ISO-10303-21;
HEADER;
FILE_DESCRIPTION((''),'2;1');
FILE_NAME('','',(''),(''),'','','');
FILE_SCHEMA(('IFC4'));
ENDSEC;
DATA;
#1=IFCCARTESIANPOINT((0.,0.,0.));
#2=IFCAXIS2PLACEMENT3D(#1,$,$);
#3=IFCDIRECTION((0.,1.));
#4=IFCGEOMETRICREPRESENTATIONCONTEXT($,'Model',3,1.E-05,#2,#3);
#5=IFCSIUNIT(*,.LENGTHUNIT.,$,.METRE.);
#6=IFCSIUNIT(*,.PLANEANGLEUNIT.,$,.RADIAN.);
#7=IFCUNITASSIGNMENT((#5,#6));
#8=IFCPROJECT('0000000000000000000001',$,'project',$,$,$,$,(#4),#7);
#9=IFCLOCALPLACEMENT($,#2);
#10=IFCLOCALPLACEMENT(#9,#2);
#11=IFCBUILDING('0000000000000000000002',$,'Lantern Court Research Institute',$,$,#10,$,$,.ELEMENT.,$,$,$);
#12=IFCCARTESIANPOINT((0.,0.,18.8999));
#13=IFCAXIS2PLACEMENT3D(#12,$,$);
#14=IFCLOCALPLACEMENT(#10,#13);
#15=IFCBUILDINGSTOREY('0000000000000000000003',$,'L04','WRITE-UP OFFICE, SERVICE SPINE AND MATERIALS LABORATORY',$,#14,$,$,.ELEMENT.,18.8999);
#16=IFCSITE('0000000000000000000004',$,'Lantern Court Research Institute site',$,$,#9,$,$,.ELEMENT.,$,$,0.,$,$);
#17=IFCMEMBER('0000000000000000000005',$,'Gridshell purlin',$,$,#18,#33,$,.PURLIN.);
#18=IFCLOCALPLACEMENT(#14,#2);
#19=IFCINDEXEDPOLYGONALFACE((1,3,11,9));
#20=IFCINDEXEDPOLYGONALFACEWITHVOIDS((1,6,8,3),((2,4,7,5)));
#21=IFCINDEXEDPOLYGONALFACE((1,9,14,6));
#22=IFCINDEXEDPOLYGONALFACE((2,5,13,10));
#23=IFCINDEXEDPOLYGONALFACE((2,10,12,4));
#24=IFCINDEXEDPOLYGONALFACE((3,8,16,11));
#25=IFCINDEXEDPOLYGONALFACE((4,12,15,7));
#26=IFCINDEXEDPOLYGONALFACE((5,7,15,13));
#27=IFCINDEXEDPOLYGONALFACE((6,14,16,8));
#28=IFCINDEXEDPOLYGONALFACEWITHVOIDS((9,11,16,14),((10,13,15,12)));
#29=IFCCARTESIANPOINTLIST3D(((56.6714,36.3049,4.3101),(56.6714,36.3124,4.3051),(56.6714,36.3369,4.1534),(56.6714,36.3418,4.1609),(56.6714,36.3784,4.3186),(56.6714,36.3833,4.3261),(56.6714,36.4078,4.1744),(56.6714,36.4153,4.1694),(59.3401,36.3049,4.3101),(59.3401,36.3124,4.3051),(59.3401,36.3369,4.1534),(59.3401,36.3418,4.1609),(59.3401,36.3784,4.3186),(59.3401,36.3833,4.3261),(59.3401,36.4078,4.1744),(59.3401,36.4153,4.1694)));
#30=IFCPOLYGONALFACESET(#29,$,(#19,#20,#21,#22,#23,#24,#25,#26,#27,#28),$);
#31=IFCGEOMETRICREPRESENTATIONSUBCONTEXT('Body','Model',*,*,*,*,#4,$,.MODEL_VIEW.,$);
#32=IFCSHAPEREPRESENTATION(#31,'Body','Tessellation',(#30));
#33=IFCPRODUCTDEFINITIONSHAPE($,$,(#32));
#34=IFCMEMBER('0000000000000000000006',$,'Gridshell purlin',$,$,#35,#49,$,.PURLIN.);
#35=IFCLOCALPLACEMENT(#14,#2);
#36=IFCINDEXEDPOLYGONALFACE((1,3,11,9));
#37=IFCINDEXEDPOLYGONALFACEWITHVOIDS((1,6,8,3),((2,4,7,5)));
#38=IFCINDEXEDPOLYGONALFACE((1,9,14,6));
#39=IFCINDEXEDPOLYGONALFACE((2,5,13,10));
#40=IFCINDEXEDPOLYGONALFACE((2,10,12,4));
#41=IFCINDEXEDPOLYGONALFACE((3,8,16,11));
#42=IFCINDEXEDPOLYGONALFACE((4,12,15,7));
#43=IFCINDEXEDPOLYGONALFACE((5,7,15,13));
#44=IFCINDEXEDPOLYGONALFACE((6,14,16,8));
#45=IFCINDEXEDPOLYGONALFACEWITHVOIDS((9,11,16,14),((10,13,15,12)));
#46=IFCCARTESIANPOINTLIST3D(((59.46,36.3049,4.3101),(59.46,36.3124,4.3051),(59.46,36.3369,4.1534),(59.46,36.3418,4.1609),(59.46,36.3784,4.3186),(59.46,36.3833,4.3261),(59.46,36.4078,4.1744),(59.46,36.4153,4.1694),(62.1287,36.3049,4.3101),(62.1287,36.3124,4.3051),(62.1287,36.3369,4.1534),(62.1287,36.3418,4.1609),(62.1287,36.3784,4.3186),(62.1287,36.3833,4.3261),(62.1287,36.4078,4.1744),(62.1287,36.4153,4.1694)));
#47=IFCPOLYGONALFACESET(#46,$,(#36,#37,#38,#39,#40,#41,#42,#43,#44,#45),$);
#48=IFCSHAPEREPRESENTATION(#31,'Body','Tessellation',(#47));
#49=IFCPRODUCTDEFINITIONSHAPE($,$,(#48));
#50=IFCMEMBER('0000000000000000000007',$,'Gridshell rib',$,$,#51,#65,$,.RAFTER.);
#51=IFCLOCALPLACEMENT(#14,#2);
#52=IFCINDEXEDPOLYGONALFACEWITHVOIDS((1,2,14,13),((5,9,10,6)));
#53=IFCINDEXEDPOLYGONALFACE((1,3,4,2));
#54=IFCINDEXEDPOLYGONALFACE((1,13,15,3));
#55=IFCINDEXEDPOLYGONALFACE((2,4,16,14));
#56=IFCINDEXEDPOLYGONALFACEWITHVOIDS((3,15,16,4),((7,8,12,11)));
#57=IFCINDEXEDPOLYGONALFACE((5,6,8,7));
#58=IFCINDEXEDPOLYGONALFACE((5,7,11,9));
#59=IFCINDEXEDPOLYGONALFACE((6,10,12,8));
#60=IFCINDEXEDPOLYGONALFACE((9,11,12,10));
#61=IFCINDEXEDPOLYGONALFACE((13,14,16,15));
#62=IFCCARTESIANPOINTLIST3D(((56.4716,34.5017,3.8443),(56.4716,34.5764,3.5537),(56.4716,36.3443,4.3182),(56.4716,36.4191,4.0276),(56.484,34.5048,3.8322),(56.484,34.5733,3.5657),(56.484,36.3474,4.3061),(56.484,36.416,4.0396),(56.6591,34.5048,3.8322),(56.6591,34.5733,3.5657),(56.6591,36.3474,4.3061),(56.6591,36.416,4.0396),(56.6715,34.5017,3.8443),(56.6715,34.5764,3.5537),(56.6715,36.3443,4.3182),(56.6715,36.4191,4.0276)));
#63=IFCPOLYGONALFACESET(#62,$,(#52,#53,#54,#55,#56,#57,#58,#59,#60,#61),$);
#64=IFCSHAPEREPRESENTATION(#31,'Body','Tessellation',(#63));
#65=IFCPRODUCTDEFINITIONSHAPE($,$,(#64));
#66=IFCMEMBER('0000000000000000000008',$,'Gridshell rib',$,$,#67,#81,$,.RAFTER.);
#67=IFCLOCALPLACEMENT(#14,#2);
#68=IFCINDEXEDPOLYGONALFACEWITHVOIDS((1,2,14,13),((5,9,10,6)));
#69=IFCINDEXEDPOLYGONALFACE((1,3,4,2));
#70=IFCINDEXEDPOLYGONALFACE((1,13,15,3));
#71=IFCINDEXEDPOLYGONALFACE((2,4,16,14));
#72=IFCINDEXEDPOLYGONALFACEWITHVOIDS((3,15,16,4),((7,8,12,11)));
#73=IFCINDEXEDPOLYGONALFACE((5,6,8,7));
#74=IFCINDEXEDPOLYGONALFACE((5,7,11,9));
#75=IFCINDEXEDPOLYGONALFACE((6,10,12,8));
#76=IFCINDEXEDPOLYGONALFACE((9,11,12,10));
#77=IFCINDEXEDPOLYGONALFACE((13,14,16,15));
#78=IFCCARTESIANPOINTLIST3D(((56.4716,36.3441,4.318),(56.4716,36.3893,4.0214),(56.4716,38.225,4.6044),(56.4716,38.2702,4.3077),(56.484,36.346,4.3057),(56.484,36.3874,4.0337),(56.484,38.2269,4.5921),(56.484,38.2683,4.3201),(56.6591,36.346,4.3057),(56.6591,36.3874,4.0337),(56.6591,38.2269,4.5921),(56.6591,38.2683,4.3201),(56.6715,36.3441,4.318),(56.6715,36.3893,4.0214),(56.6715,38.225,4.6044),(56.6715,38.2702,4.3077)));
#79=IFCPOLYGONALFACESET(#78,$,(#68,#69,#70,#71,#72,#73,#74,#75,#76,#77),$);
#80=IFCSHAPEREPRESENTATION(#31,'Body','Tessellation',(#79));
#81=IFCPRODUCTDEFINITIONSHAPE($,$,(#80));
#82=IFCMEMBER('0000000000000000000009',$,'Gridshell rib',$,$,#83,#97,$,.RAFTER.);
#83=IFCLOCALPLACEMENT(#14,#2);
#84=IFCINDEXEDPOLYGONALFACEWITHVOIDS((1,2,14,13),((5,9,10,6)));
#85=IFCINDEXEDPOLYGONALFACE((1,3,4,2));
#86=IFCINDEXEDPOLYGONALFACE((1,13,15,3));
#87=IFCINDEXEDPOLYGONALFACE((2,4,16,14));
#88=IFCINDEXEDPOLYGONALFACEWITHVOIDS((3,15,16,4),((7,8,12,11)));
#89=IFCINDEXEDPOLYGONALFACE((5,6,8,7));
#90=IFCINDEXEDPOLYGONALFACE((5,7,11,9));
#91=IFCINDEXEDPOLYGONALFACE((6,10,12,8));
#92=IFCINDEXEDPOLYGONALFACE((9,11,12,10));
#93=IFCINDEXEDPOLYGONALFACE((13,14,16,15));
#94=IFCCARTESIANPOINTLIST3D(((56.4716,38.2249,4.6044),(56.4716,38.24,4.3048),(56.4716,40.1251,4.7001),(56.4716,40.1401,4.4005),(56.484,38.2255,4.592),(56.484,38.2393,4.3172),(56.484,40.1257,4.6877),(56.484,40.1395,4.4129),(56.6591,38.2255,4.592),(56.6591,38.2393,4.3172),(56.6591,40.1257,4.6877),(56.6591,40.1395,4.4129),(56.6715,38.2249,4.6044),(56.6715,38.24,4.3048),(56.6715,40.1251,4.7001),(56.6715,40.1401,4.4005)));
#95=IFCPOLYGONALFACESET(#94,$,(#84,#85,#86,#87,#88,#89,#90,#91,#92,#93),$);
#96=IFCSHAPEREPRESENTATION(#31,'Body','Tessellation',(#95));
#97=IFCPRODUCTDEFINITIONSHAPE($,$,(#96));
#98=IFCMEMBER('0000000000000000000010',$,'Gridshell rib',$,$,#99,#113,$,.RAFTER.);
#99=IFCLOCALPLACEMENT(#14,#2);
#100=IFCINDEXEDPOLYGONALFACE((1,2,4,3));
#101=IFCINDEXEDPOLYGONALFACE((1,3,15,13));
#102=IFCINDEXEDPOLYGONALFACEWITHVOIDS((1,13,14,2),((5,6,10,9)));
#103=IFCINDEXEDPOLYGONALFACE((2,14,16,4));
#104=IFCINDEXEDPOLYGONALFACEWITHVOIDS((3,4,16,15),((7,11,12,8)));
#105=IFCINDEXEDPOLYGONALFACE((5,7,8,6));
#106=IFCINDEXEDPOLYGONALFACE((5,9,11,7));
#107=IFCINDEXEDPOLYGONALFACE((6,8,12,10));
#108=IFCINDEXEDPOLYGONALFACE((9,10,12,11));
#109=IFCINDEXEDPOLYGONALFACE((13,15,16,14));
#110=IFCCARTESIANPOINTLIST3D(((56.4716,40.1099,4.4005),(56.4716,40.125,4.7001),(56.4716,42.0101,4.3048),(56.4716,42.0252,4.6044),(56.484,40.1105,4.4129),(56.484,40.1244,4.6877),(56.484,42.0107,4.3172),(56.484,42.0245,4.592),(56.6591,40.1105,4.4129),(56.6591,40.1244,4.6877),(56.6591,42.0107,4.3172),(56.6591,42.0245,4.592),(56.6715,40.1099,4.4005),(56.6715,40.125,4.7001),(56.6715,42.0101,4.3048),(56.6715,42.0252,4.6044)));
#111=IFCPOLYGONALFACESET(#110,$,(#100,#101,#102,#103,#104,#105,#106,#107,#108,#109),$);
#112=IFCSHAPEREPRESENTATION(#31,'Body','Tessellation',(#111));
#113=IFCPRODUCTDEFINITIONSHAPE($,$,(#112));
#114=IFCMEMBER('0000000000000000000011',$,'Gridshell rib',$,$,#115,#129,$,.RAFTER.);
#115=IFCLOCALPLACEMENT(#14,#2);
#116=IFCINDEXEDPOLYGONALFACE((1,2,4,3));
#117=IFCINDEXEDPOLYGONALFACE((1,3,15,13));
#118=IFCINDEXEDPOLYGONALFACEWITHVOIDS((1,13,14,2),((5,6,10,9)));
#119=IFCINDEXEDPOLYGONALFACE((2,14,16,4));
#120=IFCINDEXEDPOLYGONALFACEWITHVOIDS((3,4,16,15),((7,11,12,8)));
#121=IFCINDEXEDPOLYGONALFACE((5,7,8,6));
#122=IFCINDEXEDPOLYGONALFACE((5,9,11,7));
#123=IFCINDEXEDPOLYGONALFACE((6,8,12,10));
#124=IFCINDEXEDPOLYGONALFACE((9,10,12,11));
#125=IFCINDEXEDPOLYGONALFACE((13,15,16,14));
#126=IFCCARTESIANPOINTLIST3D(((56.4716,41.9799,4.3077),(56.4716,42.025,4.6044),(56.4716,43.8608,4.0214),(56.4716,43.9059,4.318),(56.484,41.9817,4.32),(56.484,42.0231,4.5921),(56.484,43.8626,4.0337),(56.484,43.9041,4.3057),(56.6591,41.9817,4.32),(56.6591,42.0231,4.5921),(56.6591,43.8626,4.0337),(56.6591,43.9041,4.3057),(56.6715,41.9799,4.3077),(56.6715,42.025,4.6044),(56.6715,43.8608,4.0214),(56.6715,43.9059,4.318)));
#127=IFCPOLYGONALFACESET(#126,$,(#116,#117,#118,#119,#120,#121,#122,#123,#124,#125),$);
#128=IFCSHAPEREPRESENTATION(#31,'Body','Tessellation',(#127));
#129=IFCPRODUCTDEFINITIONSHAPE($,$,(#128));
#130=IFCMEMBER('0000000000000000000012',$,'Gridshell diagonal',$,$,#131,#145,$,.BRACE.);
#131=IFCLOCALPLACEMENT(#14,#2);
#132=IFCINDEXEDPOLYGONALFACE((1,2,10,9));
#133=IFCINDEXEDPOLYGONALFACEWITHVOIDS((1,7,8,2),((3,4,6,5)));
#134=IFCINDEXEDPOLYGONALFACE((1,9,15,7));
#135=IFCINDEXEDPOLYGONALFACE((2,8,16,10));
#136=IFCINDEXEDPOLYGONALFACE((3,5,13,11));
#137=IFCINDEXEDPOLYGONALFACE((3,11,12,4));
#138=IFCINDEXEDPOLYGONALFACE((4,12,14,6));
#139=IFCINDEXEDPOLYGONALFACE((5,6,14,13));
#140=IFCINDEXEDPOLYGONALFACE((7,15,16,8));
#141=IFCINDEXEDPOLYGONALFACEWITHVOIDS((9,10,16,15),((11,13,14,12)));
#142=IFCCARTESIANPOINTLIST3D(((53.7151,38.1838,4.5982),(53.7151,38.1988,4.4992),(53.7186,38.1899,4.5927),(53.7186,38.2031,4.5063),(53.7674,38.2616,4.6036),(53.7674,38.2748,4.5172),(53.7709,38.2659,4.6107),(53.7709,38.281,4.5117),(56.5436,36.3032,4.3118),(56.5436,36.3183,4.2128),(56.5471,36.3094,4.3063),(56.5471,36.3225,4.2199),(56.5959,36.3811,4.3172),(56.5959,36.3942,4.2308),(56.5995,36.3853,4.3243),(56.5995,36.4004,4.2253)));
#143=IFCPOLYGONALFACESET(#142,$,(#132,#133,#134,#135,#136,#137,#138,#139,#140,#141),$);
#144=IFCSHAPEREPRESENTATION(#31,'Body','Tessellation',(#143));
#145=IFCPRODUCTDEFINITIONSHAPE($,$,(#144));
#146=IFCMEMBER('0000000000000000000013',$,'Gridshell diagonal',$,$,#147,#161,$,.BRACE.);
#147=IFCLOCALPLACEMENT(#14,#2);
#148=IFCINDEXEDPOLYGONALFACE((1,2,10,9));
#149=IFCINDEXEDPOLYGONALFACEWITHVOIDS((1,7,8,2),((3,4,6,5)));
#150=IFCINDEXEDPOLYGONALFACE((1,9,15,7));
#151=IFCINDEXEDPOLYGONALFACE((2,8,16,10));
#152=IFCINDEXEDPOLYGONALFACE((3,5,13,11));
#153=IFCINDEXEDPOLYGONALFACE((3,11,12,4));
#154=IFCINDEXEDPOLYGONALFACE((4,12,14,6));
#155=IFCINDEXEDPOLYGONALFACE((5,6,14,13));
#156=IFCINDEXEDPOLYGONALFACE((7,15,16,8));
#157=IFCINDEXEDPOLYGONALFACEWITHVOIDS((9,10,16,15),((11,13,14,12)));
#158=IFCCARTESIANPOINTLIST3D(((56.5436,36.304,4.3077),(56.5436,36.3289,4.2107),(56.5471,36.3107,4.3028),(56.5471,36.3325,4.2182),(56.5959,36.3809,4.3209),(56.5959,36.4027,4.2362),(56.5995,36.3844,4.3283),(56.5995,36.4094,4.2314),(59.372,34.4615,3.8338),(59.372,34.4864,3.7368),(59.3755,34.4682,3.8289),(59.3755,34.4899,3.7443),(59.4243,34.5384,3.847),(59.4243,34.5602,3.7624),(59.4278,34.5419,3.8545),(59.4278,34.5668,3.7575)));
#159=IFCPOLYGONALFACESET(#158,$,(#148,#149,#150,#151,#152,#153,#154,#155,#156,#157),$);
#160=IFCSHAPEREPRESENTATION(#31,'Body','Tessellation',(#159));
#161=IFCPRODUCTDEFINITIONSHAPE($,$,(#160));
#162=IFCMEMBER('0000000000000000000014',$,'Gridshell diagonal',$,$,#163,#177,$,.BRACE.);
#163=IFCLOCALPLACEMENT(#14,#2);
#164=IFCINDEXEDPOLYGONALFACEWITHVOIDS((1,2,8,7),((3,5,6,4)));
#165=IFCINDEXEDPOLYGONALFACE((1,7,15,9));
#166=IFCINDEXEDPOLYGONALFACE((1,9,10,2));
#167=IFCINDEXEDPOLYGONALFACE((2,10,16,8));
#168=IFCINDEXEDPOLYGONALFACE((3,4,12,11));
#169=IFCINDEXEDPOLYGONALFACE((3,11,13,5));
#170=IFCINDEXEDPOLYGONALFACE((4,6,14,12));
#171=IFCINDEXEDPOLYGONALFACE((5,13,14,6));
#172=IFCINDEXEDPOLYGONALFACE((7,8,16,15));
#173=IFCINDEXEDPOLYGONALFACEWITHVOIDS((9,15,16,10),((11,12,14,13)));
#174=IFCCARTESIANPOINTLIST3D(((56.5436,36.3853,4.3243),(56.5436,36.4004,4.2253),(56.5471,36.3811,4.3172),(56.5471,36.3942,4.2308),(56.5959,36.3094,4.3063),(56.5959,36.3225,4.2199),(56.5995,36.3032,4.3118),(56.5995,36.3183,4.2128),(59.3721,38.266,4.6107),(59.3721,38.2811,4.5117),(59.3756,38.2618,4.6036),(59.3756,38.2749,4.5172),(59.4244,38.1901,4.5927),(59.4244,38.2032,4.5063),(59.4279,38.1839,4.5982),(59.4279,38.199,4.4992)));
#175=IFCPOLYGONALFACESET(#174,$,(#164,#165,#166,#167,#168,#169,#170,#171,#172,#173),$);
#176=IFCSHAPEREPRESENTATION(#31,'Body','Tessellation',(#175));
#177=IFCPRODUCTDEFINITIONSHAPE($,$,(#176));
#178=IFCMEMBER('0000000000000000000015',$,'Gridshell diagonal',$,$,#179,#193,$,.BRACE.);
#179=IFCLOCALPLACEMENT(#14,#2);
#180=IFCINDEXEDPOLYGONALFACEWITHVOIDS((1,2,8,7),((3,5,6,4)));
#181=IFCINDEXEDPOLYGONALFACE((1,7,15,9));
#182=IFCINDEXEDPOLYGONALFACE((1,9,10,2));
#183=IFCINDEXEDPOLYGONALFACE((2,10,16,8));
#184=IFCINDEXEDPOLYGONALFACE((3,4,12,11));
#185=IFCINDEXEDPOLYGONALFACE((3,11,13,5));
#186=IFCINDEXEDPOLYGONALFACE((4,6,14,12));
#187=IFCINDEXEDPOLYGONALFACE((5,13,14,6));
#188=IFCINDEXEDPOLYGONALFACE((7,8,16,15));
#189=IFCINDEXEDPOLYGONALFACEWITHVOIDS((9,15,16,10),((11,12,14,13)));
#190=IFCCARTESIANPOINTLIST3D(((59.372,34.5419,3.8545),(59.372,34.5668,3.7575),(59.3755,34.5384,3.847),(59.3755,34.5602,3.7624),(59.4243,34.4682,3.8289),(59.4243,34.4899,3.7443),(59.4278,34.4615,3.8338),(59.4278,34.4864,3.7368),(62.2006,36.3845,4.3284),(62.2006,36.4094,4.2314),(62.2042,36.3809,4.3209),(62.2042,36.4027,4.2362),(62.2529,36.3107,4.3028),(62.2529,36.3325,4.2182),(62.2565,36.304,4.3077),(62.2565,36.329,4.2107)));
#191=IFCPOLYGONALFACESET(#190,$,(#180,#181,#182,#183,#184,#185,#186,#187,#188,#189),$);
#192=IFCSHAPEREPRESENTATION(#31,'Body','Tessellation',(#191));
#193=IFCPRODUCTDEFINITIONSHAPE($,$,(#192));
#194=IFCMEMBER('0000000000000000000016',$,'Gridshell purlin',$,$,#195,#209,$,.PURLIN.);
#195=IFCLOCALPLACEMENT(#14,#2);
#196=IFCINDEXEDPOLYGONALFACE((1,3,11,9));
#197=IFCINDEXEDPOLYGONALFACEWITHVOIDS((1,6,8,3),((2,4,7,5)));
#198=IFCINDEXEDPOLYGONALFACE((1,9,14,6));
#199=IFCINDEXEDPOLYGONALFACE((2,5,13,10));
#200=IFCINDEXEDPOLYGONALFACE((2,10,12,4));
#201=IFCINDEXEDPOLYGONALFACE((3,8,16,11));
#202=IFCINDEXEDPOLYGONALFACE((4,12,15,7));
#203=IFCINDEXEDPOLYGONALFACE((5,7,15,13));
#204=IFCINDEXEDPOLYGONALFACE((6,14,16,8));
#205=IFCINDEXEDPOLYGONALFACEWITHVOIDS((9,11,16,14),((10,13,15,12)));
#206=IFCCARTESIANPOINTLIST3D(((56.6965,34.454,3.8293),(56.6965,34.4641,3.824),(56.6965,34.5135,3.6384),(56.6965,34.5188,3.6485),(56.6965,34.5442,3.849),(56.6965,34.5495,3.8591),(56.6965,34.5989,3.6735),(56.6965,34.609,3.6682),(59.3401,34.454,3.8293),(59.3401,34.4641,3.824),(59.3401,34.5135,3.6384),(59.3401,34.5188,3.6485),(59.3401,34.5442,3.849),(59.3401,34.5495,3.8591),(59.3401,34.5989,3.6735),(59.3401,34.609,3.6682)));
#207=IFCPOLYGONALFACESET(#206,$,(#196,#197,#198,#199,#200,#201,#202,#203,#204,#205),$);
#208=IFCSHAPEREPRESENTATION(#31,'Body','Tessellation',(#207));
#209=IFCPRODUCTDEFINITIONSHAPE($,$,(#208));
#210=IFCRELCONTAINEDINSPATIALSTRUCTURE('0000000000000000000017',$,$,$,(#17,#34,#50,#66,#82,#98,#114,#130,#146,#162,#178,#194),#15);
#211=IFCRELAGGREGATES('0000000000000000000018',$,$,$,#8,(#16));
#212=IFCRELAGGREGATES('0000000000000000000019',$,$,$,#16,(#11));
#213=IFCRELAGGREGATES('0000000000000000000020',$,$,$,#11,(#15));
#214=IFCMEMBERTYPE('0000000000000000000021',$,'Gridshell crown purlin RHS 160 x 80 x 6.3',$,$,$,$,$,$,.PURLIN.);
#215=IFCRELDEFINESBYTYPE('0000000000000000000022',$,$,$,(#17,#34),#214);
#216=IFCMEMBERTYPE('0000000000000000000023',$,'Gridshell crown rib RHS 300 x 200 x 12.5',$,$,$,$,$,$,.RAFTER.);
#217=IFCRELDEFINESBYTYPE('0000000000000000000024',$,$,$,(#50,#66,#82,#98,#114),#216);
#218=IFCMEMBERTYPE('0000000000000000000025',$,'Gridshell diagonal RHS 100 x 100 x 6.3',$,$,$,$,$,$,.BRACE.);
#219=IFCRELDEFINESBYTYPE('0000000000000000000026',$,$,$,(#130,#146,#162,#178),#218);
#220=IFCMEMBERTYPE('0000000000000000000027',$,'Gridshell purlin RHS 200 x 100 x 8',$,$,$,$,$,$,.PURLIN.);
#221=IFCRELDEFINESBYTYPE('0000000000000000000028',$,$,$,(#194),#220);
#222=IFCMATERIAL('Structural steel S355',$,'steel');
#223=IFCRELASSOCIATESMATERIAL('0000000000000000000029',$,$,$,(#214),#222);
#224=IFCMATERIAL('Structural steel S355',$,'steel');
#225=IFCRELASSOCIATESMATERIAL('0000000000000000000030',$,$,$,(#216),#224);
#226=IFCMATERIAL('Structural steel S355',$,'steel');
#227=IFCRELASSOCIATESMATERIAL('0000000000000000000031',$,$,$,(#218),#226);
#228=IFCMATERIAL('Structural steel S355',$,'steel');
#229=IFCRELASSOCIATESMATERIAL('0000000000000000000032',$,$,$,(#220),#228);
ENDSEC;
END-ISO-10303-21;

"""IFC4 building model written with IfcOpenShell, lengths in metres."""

from ifc_helpers import new_model, si_unit, direction, frame, origin, origin_2d, place, context, subcontext, project, spatial, hollow_rectangle, extrude, material, material_profile, profile_set, type_object, element, save


model = new_model("IFC4")

# Units and contexts
model_context = context("Model", 3, precision=1e-05, world=origin(), true_north=direction((0.0, 1.0)))
body_context = subcontext(model_context, "Body", "Model", "MODEL_VIEW")
ifc_project = project(units=[si_unit("LENGTHUNIT", "METRE"), si_unit("PLANEANGLEUNIT", "RADIAN")], contexts=[model_context])

# Site, building, storey
site_placement = place(None, origin())
site = spatial("IfcSite", under=ifc_project, at=site_placement, Name="Lantern Court Research Institute site", CompositionType="ELEMENT", RefElevation=0.0)
building_placement = place(site_placement, origin())
building = spatial("IfcBuilding", under=site, at=building_placement, Name="Lantern Court Research Institute", CompositionType="ELEMENT")
storey_placement = place(building_placement, frame((0.0, 0.0, 18.8999)))
storey = spatial("IfcBuildingStorey", under=building, at=storey_placement, Name="L04", Description="WRITE-UP OFFICE, SERVICE SPINE AND MATERIALS LABORATORY", CompositionType="ELEMENT", Elevation=18.8999)

# Members
ifc_material_1 = material(Name="Structural steel S355", Category="steel")
ifc_material_profile_1 = material_profile(ifc_material_1, hollow_rectangle(XDim=0.0801, YDim=0.1599, WallThickness=0.0063, at=origin_2d()), Name="Gridshell crown purlin RHS 160 x 80 x 6.3")
ifc_profile_set_1 = profile_set([ifc_material_profile_1], Name="Structural steel S355")
member_type_1 = type_object("IfcMemberType", Name="Gridshell crown purlin RHS 160 x 80 x 6.3", PredefinedType="PURLIN", material=ifc_profile_set_1)
for number, where, z_axis, x_axis, name in (
    (1, (56.6714, 36.3601, 4.2397), (1.0, 0.0, 0.0), (0.0, 0.979787, 0.200043), "Gridshell purlin"),
    (2, (59.46, 36.3601, 4.2397), (1.0, 0.0, 0.0), (0.0, 0.979787, 0.200043), "Gridshell purlin"),
):
    element("IfcMember", number, at=place(storey_placement, frame(where, z_axis=z_axis, x_axis=x_axis)), inside=storey, type_object=member_type_1, Name=name, PredefinedType="PURLIN", context=body_context, shape_type="SweptSolid", body=[
        extrude(hollow_rectangle(XDim=0.0801, YDim=0.1599, WallThickness=0.0063, at=origin_2d()), origin(), (0.0, 0.0, 1.0), 2.6687),
    ])
ifc_material_2 = material(Name="Structural steel S355", Category="steel")
ifc_material_profile_2 = material_profile(ifc_material_2, hollow_rectangle(XDim=0.2, YDim=0.3, WallThickness=0.0125, at=origin_2d()), Name="Gridshell crown rib RHS 300 x 200 x 12.5")
ifc_profile_set_2 = profile_set([ifc_material_profile_2], Name="Structural steel S355")
member_type_2 = type_object("IfcMemberType", Name="Gridshell crown rib RHS 300 x 200 x 12.5", PredefinedType="RAFTER", material=ifc_profile_set_2)
for number, where, z_axis, x_axis, name in (
    (3, (56.5715, 34.5391, 3.699), (0.0, 0.968482, 0.249082), (-1.0, 0.0, 0.0), "Gridshell rib"),
    (4, (56.5715, 36.3667, 4.1697), (0.0, 0.988606, 0.150524), (-1.0, 0.0, 0.0), "Gridshell rib"),
    (5, (56.5715, 38.2324, 4.4546), (0.0, 0.998734, 0.050302), (-1.0, 0.0, 0.0), "Gridshell rib"),
    (6, (56.5715, 40.1174, 4.5503), (0.0, 0.998734, -0.050302), (-1.0, 0.0, 0.0), "Gridshell rib"),
    (7, (56.5715, 42.0024, 4.4561), (0.0, 0.988606, -0.150524), (-1.0, 0.0, 0.0), "Gridshell rib"),
):
    element("IfcMember", number, at=place(storey_placement, frame(where, z_axis=z_axis, x_axis=x_axis)), inside=storey, type_object=member_type_2, Name=name, PredefinedType="RAFTER", context=body_context, shape_type="SweptSolid", body=[
        extrude(hollow_rectangle(XDim=0.2, YDim=0.3, WallThickness=0.0125, at=origin_2d()), origin(), (0.0, 0.0, 1.0), 1.9026),
    ])
ifc_material_3 = material(Name="Structural steel S355", Category="steel")
ifc_material_profile_3 = material_profile(ifc_material_3, hollow_rectangle(XDim=0.1001, YDim=0.1001, WallThickness=0.0063, at=origin_2d()), Name="Gridshell diagonal RHS 100 x 100 x 6.3")
ifc_profile_set_3 = profile_set([ifc_material_profile_3], Name="Structural steel S355")
member_type_3 = type_object("IfcMemberType", Name="Gridshell diagonal RHS 100 x 100 x 6.3", PredefinedType="BRACE", material=ifc_profile_set_3)
for number, where, z_axis, x_axis, name in (
    (8, (56.5715, 36.3518, 4.2686), (-0.829802, 0.551698, 0.084012), (-0.558057, -0.820354, -0.124863), "Gridshell diagonal"),
    (9, (59.3999, 34.5142, 3.7957), (-0.829753, 0.540539, 0.13902), (-0.55813, -0.803596, -0.206699), "Gridshell diagonal"),
    (10, (56.5715, 36.3518, 4.2686), (0.82978, 0.55173, 0.084017), (-0.558091, 0.820332, 0.124862), "Gridshell diagonal"),
):
    element("IfcMember", number, at=place(storey_placement, frame(where, z_axis=z_axis, x_axis=x_axis)), inside=storey, type_object=member_type_3, Name=name, PredefinedType="BRACE", context=body_context, shape_type="SweptSolid", body=[
        extrude(hollow_rectangle(XDim=0.1001, YDim=0.1001, WallThickness=0.0063, at=origin_2d()), origin(), (0.0, 0.0, 1.0), 3.4087),
    ])
member_placement = place(storey_placement, frame((59.3999, 34.5142, 3.7957), z_axis=(0.829776, 0.540507, 0.139012), x_axis=(-0.558097, 0.803619, 0.206699)))
element("IfcMember", 11, at=member_placement, inside=storey, type_object=member_type_3, Name="Gridshell diagonal", PredefinedType="BRACE", context=body_context, shape_type="SweptSolid", body=[
    extrude(hollow_rectangle(XDim=0.1001, YDim=0.1001, WallThickness=0.0063, at=origin_2d()), origin(), (0.0, 0.0, 1.0), 3.4089),
])
ifc_material_4 = material(Name="Structural steel S355", Category="steel")
ifc_material_profile_4 = material_profile(ifc_material_4, hollow_rectangle(XDim=0.1001, YDim=0.2, WallThickness=0.0081, at=origin_2d()), Name="Gridshell purlin RHS 200 x 100 x 8")
ifc_profile_set_4 = profile_set([ifc_material_profile_4], Name="Structural steel S355")
member_type_4 = type_object("IfcMemberType", Name="Gridshell purlin RHS 200 x 100 x 8", PredefinedType="PURLIN", material=ifc_profile_set_4)
for number, where, z_axis, x_axis, name in (
    (12, (56.6965, 34.5315, 3.7488), (1.0, 0.0, 0.0), (0.0, 0.954713, 0.297528), "Gridshell purlin"),
):
    element("IfcMember", number, at=place(storey_placement, frame(where, z_axis=z_axis, x_axis=x_axis)), inside=storey, type_object=member_type_4, Name=name, PredefinedType="PURLIN", context=body_context, shape_type="SweptSolid", body=[
        extrude(hollow_rectangle(XDim=0.1001, YDim=0.2, WallThickness=0.0081, at=origin_2d()), origin(), (0.0, 0.0, 1.0), 2.6436),
    ])

save(model, "model.ifc")
